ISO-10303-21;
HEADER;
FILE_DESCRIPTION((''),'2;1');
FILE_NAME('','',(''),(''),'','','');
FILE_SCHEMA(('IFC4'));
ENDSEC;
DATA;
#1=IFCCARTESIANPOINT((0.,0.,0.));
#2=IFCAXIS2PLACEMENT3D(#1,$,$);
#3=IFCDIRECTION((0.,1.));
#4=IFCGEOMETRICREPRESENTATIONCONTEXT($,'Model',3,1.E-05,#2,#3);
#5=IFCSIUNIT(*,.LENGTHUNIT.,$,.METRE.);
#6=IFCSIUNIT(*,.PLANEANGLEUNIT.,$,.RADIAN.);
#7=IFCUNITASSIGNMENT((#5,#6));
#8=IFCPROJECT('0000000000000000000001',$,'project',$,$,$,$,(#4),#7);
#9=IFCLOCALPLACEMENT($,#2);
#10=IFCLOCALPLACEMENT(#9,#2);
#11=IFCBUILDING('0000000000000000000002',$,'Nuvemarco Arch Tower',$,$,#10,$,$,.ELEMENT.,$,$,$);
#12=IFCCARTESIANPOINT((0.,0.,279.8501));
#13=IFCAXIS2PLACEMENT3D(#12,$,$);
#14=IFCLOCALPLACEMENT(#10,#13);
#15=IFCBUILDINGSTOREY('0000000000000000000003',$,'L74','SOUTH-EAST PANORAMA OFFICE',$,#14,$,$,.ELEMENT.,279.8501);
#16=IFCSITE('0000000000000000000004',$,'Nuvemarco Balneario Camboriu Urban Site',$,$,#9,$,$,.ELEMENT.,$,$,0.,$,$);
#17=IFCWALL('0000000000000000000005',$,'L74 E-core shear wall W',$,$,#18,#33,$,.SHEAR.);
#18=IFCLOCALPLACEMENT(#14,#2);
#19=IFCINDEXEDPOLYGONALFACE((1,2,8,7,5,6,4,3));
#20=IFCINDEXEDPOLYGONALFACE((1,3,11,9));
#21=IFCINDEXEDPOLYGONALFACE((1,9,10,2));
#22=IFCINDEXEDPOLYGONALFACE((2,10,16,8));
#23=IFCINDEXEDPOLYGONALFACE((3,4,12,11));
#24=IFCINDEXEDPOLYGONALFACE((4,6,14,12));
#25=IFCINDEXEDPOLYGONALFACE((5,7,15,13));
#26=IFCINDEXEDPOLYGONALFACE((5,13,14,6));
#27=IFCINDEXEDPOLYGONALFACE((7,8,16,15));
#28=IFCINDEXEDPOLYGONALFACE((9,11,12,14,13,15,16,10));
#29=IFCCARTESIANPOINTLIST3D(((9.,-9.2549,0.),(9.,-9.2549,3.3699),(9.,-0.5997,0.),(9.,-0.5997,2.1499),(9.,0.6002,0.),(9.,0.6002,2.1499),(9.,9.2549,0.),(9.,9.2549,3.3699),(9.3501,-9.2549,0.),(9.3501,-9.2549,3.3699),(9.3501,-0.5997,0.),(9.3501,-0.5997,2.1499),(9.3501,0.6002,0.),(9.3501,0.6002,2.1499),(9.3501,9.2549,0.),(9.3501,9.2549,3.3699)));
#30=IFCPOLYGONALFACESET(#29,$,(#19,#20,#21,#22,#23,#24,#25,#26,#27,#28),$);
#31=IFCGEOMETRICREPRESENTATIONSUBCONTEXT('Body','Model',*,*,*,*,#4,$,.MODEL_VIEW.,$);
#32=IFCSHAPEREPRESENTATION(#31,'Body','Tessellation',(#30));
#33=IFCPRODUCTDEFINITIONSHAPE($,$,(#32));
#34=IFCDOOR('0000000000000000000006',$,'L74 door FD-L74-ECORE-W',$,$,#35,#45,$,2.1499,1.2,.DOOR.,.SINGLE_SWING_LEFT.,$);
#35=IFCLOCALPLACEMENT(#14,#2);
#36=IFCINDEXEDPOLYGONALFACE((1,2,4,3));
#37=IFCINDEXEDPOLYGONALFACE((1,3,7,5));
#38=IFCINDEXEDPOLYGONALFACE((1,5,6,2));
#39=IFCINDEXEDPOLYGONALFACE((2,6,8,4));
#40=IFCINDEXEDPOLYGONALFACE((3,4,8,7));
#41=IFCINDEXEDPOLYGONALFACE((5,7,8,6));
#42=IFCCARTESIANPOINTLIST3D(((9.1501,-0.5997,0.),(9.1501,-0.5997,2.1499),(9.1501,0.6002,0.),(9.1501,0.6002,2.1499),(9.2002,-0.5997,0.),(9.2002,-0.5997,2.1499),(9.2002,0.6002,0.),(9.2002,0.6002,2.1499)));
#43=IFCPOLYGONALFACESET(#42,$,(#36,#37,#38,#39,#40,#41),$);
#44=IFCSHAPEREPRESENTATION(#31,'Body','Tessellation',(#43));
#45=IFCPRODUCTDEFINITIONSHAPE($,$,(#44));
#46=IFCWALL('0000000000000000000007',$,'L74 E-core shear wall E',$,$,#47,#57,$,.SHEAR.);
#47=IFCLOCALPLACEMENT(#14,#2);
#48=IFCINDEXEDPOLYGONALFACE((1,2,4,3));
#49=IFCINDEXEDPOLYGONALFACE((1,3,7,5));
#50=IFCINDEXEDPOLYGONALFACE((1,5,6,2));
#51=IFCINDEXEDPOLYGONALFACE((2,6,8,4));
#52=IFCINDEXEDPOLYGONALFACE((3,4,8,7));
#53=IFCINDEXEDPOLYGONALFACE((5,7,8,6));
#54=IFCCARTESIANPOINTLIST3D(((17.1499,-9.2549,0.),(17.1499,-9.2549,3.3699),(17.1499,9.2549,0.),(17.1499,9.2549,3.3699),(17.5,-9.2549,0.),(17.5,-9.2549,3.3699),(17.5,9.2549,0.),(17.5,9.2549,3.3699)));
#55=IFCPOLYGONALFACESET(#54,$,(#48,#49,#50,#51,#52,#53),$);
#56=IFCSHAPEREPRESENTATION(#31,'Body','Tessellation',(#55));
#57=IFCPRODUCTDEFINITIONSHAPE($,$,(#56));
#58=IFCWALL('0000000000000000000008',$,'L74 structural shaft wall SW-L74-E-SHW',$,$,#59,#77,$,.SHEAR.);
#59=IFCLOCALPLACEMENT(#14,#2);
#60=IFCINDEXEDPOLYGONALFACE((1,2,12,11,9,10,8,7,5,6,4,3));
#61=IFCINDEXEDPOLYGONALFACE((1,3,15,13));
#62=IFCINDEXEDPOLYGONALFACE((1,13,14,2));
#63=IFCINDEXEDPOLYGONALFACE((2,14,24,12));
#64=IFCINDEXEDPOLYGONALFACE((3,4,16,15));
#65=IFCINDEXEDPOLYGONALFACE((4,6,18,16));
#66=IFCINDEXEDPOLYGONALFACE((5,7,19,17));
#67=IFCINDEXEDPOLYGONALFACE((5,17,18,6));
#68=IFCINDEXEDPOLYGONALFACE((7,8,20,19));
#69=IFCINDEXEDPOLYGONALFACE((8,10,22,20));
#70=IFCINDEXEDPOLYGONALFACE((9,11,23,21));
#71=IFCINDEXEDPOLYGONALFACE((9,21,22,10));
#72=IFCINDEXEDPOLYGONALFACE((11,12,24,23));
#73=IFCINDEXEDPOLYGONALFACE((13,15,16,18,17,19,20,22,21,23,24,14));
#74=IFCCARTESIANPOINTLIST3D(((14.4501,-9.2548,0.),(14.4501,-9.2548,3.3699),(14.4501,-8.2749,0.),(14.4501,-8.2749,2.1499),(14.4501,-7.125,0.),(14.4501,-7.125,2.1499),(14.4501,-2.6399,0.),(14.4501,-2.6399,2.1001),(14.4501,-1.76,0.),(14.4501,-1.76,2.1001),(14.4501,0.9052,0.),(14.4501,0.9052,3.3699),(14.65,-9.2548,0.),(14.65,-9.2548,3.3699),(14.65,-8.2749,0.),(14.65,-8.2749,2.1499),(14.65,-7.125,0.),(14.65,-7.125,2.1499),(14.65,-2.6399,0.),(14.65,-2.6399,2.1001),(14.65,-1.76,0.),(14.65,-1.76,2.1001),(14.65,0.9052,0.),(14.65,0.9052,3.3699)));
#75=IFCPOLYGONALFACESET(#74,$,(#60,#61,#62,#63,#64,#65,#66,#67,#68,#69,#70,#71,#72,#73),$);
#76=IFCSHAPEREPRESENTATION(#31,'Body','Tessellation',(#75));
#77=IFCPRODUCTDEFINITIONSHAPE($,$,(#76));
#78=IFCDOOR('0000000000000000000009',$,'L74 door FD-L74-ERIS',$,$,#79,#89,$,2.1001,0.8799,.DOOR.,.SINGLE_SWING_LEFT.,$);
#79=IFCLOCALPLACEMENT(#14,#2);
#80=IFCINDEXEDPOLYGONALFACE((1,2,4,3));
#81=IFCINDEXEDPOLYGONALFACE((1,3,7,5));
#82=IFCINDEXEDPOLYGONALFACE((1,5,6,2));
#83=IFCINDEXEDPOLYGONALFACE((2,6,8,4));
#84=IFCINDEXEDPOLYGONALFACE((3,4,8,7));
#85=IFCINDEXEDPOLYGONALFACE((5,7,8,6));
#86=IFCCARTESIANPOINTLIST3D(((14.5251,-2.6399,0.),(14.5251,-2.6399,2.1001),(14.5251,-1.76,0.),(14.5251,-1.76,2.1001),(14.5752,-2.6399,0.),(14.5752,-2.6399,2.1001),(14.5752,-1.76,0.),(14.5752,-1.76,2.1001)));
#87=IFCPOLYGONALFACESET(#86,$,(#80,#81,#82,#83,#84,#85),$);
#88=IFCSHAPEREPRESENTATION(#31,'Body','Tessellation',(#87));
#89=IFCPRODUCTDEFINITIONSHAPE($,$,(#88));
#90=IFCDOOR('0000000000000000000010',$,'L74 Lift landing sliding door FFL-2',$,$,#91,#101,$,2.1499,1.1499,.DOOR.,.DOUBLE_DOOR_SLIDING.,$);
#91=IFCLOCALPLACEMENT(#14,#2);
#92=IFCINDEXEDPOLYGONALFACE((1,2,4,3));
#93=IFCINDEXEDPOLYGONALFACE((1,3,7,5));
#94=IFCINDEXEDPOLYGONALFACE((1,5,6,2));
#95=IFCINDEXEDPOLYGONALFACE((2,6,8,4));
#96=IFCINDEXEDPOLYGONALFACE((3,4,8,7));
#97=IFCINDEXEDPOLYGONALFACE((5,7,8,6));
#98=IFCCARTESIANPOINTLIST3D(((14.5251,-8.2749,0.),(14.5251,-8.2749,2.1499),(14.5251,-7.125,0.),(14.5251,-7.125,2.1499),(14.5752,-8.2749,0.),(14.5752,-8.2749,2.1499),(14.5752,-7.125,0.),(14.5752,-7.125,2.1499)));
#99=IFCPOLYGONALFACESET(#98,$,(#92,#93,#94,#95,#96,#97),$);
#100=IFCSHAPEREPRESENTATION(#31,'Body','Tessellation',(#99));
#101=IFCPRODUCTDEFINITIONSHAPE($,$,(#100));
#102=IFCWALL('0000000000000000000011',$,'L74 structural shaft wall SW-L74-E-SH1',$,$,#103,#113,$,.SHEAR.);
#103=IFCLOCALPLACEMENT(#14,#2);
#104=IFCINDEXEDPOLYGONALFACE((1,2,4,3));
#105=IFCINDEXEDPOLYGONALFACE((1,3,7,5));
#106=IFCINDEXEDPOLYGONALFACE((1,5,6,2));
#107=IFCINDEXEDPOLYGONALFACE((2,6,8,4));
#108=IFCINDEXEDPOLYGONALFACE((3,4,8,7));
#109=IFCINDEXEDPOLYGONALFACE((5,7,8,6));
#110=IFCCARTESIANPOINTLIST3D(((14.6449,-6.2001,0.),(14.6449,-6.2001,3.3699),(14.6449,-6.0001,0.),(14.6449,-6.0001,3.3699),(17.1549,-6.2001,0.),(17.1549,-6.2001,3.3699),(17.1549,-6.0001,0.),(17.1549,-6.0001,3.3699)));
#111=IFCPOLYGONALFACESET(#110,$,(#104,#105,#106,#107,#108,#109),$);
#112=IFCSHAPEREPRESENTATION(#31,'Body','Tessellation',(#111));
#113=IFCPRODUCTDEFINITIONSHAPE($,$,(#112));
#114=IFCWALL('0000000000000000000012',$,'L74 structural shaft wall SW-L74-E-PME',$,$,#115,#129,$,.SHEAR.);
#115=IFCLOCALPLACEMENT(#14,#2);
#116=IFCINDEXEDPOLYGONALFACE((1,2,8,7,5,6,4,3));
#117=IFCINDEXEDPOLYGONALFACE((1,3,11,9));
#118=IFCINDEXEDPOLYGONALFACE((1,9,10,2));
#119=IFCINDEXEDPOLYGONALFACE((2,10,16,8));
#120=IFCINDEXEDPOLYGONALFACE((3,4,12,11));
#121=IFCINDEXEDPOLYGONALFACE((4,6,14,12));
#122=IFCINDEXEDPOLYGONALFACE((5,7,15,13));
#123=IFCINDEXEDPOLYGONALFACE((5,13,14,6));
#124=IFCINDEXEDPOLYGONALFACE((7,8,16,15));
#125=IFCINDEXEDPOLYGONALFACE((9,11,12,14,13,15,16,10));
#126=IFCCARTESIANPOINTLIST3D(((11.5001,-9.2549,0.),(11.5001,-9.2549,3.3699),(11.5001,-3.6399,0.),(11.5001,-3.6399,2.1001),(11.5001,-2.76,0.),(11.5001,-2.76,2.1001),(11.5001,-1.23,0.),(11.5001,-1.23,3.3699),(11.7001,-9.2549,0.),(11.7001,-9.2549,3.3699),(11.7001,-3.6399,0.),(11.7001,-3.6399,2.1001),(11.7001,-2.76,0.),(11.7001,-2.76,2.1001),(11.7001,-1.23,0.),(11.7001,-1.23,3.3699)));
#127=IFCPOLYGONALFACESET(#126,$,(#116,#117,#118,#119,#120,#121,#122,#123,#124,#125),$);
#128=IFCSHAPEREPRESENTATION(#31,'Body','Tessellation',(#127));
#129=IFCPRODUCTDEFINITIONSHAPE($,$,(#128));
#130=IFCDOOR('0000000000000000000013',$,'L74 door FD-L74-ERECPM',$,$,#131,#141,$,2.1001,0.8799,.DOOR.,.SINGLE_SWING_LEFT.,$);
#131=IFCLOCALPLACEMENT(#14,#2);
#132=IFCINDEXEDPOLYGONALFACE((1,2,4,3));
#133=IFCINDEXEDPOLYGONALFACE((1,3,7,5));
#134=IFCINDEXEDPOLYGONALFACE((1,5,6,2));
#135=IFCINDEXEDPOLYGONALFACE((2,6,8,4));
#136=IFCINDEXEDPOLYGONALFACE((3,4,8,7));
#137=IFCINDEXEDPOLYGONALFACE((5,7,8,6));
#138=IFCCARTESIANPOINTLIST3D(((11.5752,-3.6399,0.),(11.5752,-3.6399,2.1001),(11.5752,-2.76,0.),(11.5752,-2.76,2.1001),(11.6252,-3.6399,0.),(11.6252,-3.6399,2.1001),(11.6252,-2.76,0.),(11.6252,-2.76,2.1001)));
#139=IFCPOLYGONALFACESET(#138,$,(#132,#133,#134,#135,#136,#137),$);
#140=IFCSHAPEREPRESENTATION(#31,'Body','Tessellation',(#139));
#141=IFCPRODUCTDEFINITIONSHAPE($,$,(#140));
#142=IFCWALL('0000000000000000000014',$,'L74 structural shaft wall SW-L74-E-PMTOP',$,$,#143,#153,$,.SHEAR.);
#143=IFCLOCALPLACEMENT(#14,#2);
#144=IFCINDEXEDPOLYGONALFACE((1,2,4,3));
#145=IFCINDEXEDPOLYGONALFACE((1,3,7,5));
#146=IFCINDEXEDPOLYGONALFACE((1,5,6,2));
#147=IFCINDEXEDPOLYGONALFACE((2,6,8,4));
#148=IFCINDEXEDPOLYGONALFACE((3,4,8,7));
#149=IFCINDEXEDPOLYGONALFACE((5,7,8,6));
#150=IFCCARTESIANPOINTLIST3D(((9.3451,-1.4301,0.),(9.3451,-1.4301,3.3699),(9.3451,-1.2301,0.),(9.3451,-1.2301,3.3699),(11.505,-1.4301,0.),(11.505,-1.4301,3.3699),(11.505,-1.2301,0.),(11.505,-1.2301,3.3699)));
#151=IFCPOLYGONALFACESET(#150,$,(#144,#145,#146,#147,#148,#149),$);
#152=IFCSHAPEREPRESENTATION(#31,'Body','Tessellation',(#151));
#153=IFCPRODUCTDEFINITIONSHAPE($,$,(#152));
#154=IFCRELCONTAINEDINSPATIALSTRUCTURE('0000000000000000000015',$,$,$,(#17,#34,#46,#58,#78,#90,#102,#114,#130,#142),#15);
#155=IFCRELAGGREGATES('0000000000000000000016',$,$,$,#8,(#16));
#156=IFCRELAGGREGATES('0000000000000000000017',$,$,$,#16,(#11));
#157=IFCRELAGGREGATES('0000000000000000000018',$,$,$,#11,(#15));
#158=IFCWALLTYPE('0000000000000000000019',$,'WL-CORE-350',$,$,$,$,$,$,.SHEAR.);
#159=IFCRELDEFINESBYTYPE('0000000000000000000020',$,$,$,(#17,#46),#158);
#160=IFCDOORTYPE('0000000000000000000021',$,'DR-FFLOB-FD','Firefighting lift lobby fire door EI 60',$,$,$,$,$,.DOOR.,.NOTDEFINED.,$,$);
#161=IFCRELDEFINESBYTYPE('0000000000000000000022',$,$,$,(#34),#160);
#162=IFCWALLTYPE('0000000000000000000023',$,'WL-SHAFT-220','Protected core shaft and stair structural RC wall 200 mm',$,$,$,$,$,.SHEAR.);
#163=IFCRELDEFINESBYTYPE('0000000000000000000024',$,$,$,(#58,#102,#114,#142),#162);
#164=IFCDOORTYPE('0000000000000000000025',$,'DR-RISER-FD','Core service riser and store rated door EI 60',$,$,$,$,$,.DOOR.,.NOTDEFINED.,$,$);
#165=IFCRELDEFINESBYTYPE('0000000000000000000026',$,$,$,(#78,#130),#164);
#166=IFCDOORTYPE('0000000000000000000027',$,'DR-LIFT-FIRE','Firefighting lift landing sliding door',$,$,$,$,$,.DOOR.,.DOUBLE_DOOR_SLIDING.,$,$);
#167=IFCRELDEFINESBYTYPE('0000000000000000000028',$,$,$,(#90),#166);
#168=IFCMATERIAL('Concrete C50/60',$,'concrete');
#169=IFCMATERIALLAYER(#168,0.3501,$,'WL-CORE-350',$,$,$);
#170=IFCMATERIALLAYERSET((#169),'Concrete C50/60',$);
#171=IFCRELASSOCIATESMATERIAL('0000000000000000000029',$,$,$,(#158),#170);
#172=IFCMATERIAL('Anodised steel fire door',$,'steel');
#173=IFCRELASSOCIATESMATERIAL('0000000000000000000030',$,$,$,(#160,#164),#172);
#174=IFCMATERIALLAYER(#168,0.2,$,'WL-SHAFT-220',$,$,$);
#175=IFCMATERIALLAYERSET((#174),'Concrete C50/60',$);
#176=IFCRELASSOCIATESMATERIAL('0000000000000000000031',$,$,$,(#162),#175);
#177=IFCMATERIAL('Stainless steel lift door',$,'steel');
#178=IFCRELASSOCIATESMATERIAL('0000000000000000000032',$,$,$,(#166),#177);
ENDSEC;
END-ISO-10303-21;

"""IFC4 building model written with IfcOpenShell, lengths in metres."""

from ifc_helpers import new_model, si_unit, direction, frame, frame_2d, origin, place, context, subcontext, project, spatial, rectangle, extrude, source, transform, mapped, material, layer, layer_set, type_object, type_shapes, element, fill, save


model = new_model("IFC4")

# Units and contexts
model_context = context("Model", 3, precision=1e-05, world=origin(), true_north=direction((0.0, 1.0)))
body_context = subcontext(model_context, "Body", "Model", "MODEL_VIEW")
ifc_project = project(units=[si_unit("LENGTHUNIT", "METRE"), si_unit("PLANEANGLEUNIT", "RADIAN")], contexts=[model_context])

# Site, building, storey
site_placement = place(None, origin())
site = spatial("IfcSite", under=ifc_project, at=site_placement, Name="Nuvemarco Balneario Camboriu Urban Site", CompositionType="ELEMENT", RefElevation=0.0)
building_placement = place(site_placement, origin())
building = spatial("IfcBuilding", under=site, at=building_placement, Name="Nuvemarco Arch Tower", CompositionType="ELEMENT")
storey_placement = place(building_placement, frame((0.0, 0.0, 279.8501)))
storey = spatial("IfcBuildingStorey", under=building, at=storey_placement, Name="L74", Description="SOUTH-EAST PANORAMA OFFICE", CompositionType="ELEMENT", Elevation=279.8501)

# Shared definitions
ifc_material_1 = material(Name="Concrete C50/60", Category="concrete")

# Shared definitions
ifc_layer_1 = layer(ifc_material_1, 0.3501, Name="WL-CORE-350")
ifc_layer_set_1 = layer_set([ifc_layer_1], Name="Concrete C50/60")
wall_type_1 = type_object("IfcWallType", Name="WL-CORE-350", PredefinedType="SHEAR", material=ifc_layer_set_1)

# Wall, opening, door
wall_1_placement = place(storey_placement, frame((9.175, -9.2549, 0.0), z_axis=(0.0, 0.0, 1.0), x_axis=(0.0, 1.0, 0.0)))
wall_1 = element("IfcWall", 1, at=wall_1_placement, inside=storey, type_object=wall_type_1, Name="L74 E-core shear wall W", PredefinedType="SHEAR", context=body_context, shape_type="SweptSolid", body=[
    extrude(rectangle(XDim=18.5098, YDim=0.3501, at=frame_2d((9.2549, 0.0))), origin(), (0.0, 0.0, 1.0), 3.3699),
])
opening_1_placement = place(wall_1_placement, frame((8.655, 0.0, 0.0)))
opening_1 = element("IfcOpeningElement", 2, at=opening_1_placement, cuts=wall_1, PredefinedType="OPENING", context=body_context, shape_type="SweptSolid", body=[
    extrude(rectangle(XDim=1.2, YDim=2.1499, at=frame_2d((0.6001, 1.075))), frame((0.0, 0.1851, 0.0), z_axis=(0.0, -1.0, 0.0), x_axis=(1.0, 0.0, 0.0)), (0.0, 0.0, 1.0), 0.3701),
])
ifc_material_2 = material(Name="Anodised steel fire door", Category="steel")
door_type_1 = type_object("IfcDoorType", Name="DR-FFLOB-FD", Description="Firefighting lift lobby fire door EI 60", OperationType="NOTDEFINED", PredefinedType="DOOR", material=ifc_material_2)
shared_shape_1 = source(origin(), body_context, "Body", "SweptSolid", [
    extrude(rectangle(XDim=1.2, YDim=2.1499, at=frame_2d((0.6001, 1.075))), frame((0.0, 0.0249, 0.0), z_axis=(0.0, -1.0, 0.0), x_axis=(1.0, 0.0, 0.0)), (0.0, 0.0, 1.0), 0.05),
])
type_shapes(door_type_1, [shared_shape_1])
door_1_placement = place(opening_1_placement, origin())
door_1 = element("IfcDoor", 3, at=door_1_placement, inside=storey, type_object=door_type_1, Name="L74 door FD-L74-ECORE-W", OperationType="SINGLE_SWING_LEFT", OverallHeight=2.1499, OverallWidth=1.2, PredefinedType="DOOR", context=body_context, shape_type="MappedRepresentation", body=[
    mapped(shared_shape_1, transform((0.0, 0.0, 0.0), scale=1.0)),
])
fill(opening_1, door_1)

# Wall
wall_2_placement = place(storey_placement, frame((17.325, -9.2549, 0.0), z_axis=(0.0, 0.0, 1.0), x_axis=(0.0, 1.0, 0.0)))
element("IfcWall", 4, at=wall_2_placement, inside=storey, type_object=wall_type_1, Name="L74 E-core shear wall E", PredefinedType="SHEAR", context=body_context, shape_type="SweptSolid", body=[
    extrude(rectangle(XDim=18.5098, YDim=0.3501, at=frame_2d((9.2549, 0.0))), origin(), (0.0, 0.0, 1.0), 3.3699),
])

# Wall, openings, doors
ifc_layer_2 = layer(ifc_material_1, 0.2, Name="WL-SHAFT-220")
ifc_layer_set_2 = layer_set([ifc_layer_2], Name="Concrete C50/60")
wall_type_2 = type_object("IfcWallType", Name="WL-SHAFT-220", Description="Protected core shaft and stair structural RC wall 200 mm", PredefinedType="SHEAR", material=ifc_layer_set_2)
wall_3_placement = place(storey_placement, frame((14.55, -9.2549, 0.0), z_axis=(0.0, 0.0, 1.0), x_axis=(0.0, 1.0, 0.0)))
wall_3 = element("IfcWall", 5, at=wall_3_placement, inside=storey, type_object=wall_type_2, Name="L74 structural shaft wall SW-L74-E-SHW", PredefinedType="SHEAR", context=body_context, shape_type="SweptSolid", body=[
    extrude(rectangle(XDim=10.1599, YDim=0.2, at=frame_2d((5.0801, 0.0))), origin(), (0.0, 0.0, 1.0), 3.3699),
])
opening_2_placement = place(wall_3_placement, frame((6.615, 0.0, 0.0)))
opening_2 = element("IfcOpeningElement", 6, at=opening_2_placement, cuts=wall_3, PredefinedType="OPENING", context=body_context, shape_type="SweptSolid", body=[
    extrude(rectangle(XDim=0.8799, YDim=2.1001, at=frame_2d((0.4399, 1.05))), frame((0.0, 0.1099, 0.0), z_axis=(0.0, -1.0, 0.0), x_axis=(1.0, 0.0, 0.0)), (0.0, 0.0, 1.0), 0.22),
])
opening_3_placement = place(wall_3_placement, frame((0.98, 0.0, 0.0)))
opening_3 = element("IfcOpeningElement", 7, at=opening_3_placement, cuts=wall_3, PredefinedType="OPENING", context=body_context, shape_type="SweptSolid", body=[
    extrude(rectangle(XDim=1.1499, YDim=2.1499, at=frame_2d((0.575, 1.075))), frame((0.0, 0.1099, 0.0), z_axis=(0.0, -1.0, 0.0), x_axis=(1.0, 0.0, 0.0)), (0.0, 0.0, 1.0), 0.22),
])
door_type_2 = type_object("IfcDoorType", Name="DR-RISER-FD", Description="Core service riser and store rated door EI 60", OperationType="NOTDEFINED", PredefinedType="DOOR", material=ifc_material_2)
shared_shape_2 = source(origin(), body_context, "Body", "SweptSolid", [
    extrude(rectangle(XDim=0.8799, YDim=2.1001, at=frame_2d((0.4399, 1.05))), frame((0.0, 0.0249, 0.0), z_axis=(0.0, -1.0, 0.0), x_axis=(1.0, 0.0, 0.0)), (0.0, 0.0, 1.0), 0.05),
])
type_shapes(door_type_2, [shared_shape_2])
door_2_placement = place(opening_2_placement, origin())
door_2 = element("IfcDoor", 8, at=door_2_placement, inside=storey, type_object=door_type_2, Name="L74 door FD-L74-ERIS", OperationType="SINGLE_SWING_LEFT", OverallHeight=2.1001, OverallWidth=0.8799, PredefinedType="DOOR", context=body_context, shape_type="MappedRepresentation", body=[
    mapped(shared_shape_2, transform((0.0, 0.0, 0.0), scale=1.0)),
])
fill(opening_2, door_2)
ifc_material_3 = material(Name="Stainless steel lift door", Category="steel")
door_type_3 = type_object("IfcDoorType", Name="DR-LIFT-FIRE", Description="Firefighting lift landing sliding door", OperationType="DOUBLE_DOOR_SLIDING", PredefinedType="DOOR", material=ifc_material_3)
shared_shape_3 = source(origin(), body_context, "Body", "SweptSolid", [
    extrude(rectangle(XDim=1.1499, YDim=2.1499, at=frame_2d((0.575, 1.075))), frame((0.0, 0.0249, 0.0), z_axis=(0.0, -1.0, 0.0), x_axis=(1.0, 0.0, 0.0)), (0.0, 0.0, 1.0), 0.05),
])
type_shapes(door_type_3, [shared_shape_3])
door_3_placement = place(opening_3_placement, origin())
door_3 = element("IfcDoor", 9, at=door_3_placement, inside=storey, type_object=door_type_3, Name="L74 Lift landing sliding door FFL-2", OperationType="DOUBLE_DOOR_SLIDING", OverallHeight=2.1499, OverallWidth=1.1499, PredefinedType="DOOR", context=body_context, shape_type="MappedRepresentation", body=[
    mapped(shared_shape_3, transform((0.0, 0.0, 0.0), scale=1.0)),
])
fill(opening_3, door_3)

# Wall
wall_4_placement = place(storey_placement, frame((14.645, -6.1001, 0.0), z_axis=(0.0, 0.0, 1.0), x_axis=(1.0, 0.0, 0.0)))
element("IfcWall", 10, at=wall_4_placement, inside=storey, type_object=wall_type_2, Name="L74 structural shaft wall SW-L74-E-SH1", PredefinedType="SHEAR", context=body_context, shape_type="SweptSolid", body=[
    extrude(rectangle(XDim=2.51, YDim=0.2, at=frame_2d((1.2549, 0.0))), origin(), (0.0, 0.0, 1.0), 3.3699),
])

# Wall, opening, door
wall_5_placement = place(storey_placement, frame((11.6001, -9.2549, 0.0), z_axis=(0.0, 0.0, 1.0), x_axis=(0.0, 1.0, 0.0)))
wall_5 = element("IfcWall", 11, at=wall_5_placement, inside=storey, type_object=wall_type_2, Name="L74 structural shaft wall SW-L74-E-PME", PredefinedType="SHEAR", context=body_context, shape_type="SweptSolid", body=[
    extrude(rectangle(XDim=8.0249, YDim=0.2, at=frame_2d((4.0125, 0.0))), origin(), (0.0, 0.0, 1.0), 3.3699),
])
opening_4_placement = place(wall_5_placement, frame((5.615, 0.0, 0.0)))
opening_4 = element("IfcOpeningElement", 12, at=opening_4_placement, cuts=wall_5, PredefinedType="OPENING", context=body_context, shape_type="SweptSolid", body=[
    extrude(rectangle(XDim=0.8799, YDim=2.1001, at=frame_2d((0.4399, 1.05))), frame((0.0, 0.1099, 0.0), z_axis=(0.0, -1.0, 0.0), x_axis=(1.0, 0.0, 0.0)), (0.0, 0.0, 1.0), 0.22),
])
door_4_placement = place(opening_4_placement, origin())
door_4 = element("IfcDoor", 13, at=door_4_placement, inside=storey, type_object=door_type_2, Name="L74 door FD-L74-ERECPM", OperationType="SINGLE_SWING_LEFT", OverallHeight=2.1001, OverallWidth=0.8799, PredefinedType="DOOR", context=body_context, shape_type="MappedRepresentation", body=[
    mapped(shared_shape_2, transform((0.0, 0.0, 0.0), scale=1.0)),
])
fill(opening_4, door_4)

# Wall
wall_6_placement = place(storey_placement, frame((9.345, -1.3301, 0.0), z_axis=(0.0, 0.0, 1.0), x_axis=(1.0, 0.0, 0.0)))
element("IfcWall", 14, at=wall_6_placement, inside=storey, type_object=wall_type_2, Name="L74 structural shaft wall SW-L74-E-PMTOP", PredefinedType="SHEAR", context=body_context, shape_type="SweptSolid", body=[
    extrude(rectangle(XDim=2.1599, YDim=0.2, at=frame_2d((1.0801, 0.0))), origin(), (0.0, 0.0, 1.0), 3.3699),
])

save(model, "model.ifc")
